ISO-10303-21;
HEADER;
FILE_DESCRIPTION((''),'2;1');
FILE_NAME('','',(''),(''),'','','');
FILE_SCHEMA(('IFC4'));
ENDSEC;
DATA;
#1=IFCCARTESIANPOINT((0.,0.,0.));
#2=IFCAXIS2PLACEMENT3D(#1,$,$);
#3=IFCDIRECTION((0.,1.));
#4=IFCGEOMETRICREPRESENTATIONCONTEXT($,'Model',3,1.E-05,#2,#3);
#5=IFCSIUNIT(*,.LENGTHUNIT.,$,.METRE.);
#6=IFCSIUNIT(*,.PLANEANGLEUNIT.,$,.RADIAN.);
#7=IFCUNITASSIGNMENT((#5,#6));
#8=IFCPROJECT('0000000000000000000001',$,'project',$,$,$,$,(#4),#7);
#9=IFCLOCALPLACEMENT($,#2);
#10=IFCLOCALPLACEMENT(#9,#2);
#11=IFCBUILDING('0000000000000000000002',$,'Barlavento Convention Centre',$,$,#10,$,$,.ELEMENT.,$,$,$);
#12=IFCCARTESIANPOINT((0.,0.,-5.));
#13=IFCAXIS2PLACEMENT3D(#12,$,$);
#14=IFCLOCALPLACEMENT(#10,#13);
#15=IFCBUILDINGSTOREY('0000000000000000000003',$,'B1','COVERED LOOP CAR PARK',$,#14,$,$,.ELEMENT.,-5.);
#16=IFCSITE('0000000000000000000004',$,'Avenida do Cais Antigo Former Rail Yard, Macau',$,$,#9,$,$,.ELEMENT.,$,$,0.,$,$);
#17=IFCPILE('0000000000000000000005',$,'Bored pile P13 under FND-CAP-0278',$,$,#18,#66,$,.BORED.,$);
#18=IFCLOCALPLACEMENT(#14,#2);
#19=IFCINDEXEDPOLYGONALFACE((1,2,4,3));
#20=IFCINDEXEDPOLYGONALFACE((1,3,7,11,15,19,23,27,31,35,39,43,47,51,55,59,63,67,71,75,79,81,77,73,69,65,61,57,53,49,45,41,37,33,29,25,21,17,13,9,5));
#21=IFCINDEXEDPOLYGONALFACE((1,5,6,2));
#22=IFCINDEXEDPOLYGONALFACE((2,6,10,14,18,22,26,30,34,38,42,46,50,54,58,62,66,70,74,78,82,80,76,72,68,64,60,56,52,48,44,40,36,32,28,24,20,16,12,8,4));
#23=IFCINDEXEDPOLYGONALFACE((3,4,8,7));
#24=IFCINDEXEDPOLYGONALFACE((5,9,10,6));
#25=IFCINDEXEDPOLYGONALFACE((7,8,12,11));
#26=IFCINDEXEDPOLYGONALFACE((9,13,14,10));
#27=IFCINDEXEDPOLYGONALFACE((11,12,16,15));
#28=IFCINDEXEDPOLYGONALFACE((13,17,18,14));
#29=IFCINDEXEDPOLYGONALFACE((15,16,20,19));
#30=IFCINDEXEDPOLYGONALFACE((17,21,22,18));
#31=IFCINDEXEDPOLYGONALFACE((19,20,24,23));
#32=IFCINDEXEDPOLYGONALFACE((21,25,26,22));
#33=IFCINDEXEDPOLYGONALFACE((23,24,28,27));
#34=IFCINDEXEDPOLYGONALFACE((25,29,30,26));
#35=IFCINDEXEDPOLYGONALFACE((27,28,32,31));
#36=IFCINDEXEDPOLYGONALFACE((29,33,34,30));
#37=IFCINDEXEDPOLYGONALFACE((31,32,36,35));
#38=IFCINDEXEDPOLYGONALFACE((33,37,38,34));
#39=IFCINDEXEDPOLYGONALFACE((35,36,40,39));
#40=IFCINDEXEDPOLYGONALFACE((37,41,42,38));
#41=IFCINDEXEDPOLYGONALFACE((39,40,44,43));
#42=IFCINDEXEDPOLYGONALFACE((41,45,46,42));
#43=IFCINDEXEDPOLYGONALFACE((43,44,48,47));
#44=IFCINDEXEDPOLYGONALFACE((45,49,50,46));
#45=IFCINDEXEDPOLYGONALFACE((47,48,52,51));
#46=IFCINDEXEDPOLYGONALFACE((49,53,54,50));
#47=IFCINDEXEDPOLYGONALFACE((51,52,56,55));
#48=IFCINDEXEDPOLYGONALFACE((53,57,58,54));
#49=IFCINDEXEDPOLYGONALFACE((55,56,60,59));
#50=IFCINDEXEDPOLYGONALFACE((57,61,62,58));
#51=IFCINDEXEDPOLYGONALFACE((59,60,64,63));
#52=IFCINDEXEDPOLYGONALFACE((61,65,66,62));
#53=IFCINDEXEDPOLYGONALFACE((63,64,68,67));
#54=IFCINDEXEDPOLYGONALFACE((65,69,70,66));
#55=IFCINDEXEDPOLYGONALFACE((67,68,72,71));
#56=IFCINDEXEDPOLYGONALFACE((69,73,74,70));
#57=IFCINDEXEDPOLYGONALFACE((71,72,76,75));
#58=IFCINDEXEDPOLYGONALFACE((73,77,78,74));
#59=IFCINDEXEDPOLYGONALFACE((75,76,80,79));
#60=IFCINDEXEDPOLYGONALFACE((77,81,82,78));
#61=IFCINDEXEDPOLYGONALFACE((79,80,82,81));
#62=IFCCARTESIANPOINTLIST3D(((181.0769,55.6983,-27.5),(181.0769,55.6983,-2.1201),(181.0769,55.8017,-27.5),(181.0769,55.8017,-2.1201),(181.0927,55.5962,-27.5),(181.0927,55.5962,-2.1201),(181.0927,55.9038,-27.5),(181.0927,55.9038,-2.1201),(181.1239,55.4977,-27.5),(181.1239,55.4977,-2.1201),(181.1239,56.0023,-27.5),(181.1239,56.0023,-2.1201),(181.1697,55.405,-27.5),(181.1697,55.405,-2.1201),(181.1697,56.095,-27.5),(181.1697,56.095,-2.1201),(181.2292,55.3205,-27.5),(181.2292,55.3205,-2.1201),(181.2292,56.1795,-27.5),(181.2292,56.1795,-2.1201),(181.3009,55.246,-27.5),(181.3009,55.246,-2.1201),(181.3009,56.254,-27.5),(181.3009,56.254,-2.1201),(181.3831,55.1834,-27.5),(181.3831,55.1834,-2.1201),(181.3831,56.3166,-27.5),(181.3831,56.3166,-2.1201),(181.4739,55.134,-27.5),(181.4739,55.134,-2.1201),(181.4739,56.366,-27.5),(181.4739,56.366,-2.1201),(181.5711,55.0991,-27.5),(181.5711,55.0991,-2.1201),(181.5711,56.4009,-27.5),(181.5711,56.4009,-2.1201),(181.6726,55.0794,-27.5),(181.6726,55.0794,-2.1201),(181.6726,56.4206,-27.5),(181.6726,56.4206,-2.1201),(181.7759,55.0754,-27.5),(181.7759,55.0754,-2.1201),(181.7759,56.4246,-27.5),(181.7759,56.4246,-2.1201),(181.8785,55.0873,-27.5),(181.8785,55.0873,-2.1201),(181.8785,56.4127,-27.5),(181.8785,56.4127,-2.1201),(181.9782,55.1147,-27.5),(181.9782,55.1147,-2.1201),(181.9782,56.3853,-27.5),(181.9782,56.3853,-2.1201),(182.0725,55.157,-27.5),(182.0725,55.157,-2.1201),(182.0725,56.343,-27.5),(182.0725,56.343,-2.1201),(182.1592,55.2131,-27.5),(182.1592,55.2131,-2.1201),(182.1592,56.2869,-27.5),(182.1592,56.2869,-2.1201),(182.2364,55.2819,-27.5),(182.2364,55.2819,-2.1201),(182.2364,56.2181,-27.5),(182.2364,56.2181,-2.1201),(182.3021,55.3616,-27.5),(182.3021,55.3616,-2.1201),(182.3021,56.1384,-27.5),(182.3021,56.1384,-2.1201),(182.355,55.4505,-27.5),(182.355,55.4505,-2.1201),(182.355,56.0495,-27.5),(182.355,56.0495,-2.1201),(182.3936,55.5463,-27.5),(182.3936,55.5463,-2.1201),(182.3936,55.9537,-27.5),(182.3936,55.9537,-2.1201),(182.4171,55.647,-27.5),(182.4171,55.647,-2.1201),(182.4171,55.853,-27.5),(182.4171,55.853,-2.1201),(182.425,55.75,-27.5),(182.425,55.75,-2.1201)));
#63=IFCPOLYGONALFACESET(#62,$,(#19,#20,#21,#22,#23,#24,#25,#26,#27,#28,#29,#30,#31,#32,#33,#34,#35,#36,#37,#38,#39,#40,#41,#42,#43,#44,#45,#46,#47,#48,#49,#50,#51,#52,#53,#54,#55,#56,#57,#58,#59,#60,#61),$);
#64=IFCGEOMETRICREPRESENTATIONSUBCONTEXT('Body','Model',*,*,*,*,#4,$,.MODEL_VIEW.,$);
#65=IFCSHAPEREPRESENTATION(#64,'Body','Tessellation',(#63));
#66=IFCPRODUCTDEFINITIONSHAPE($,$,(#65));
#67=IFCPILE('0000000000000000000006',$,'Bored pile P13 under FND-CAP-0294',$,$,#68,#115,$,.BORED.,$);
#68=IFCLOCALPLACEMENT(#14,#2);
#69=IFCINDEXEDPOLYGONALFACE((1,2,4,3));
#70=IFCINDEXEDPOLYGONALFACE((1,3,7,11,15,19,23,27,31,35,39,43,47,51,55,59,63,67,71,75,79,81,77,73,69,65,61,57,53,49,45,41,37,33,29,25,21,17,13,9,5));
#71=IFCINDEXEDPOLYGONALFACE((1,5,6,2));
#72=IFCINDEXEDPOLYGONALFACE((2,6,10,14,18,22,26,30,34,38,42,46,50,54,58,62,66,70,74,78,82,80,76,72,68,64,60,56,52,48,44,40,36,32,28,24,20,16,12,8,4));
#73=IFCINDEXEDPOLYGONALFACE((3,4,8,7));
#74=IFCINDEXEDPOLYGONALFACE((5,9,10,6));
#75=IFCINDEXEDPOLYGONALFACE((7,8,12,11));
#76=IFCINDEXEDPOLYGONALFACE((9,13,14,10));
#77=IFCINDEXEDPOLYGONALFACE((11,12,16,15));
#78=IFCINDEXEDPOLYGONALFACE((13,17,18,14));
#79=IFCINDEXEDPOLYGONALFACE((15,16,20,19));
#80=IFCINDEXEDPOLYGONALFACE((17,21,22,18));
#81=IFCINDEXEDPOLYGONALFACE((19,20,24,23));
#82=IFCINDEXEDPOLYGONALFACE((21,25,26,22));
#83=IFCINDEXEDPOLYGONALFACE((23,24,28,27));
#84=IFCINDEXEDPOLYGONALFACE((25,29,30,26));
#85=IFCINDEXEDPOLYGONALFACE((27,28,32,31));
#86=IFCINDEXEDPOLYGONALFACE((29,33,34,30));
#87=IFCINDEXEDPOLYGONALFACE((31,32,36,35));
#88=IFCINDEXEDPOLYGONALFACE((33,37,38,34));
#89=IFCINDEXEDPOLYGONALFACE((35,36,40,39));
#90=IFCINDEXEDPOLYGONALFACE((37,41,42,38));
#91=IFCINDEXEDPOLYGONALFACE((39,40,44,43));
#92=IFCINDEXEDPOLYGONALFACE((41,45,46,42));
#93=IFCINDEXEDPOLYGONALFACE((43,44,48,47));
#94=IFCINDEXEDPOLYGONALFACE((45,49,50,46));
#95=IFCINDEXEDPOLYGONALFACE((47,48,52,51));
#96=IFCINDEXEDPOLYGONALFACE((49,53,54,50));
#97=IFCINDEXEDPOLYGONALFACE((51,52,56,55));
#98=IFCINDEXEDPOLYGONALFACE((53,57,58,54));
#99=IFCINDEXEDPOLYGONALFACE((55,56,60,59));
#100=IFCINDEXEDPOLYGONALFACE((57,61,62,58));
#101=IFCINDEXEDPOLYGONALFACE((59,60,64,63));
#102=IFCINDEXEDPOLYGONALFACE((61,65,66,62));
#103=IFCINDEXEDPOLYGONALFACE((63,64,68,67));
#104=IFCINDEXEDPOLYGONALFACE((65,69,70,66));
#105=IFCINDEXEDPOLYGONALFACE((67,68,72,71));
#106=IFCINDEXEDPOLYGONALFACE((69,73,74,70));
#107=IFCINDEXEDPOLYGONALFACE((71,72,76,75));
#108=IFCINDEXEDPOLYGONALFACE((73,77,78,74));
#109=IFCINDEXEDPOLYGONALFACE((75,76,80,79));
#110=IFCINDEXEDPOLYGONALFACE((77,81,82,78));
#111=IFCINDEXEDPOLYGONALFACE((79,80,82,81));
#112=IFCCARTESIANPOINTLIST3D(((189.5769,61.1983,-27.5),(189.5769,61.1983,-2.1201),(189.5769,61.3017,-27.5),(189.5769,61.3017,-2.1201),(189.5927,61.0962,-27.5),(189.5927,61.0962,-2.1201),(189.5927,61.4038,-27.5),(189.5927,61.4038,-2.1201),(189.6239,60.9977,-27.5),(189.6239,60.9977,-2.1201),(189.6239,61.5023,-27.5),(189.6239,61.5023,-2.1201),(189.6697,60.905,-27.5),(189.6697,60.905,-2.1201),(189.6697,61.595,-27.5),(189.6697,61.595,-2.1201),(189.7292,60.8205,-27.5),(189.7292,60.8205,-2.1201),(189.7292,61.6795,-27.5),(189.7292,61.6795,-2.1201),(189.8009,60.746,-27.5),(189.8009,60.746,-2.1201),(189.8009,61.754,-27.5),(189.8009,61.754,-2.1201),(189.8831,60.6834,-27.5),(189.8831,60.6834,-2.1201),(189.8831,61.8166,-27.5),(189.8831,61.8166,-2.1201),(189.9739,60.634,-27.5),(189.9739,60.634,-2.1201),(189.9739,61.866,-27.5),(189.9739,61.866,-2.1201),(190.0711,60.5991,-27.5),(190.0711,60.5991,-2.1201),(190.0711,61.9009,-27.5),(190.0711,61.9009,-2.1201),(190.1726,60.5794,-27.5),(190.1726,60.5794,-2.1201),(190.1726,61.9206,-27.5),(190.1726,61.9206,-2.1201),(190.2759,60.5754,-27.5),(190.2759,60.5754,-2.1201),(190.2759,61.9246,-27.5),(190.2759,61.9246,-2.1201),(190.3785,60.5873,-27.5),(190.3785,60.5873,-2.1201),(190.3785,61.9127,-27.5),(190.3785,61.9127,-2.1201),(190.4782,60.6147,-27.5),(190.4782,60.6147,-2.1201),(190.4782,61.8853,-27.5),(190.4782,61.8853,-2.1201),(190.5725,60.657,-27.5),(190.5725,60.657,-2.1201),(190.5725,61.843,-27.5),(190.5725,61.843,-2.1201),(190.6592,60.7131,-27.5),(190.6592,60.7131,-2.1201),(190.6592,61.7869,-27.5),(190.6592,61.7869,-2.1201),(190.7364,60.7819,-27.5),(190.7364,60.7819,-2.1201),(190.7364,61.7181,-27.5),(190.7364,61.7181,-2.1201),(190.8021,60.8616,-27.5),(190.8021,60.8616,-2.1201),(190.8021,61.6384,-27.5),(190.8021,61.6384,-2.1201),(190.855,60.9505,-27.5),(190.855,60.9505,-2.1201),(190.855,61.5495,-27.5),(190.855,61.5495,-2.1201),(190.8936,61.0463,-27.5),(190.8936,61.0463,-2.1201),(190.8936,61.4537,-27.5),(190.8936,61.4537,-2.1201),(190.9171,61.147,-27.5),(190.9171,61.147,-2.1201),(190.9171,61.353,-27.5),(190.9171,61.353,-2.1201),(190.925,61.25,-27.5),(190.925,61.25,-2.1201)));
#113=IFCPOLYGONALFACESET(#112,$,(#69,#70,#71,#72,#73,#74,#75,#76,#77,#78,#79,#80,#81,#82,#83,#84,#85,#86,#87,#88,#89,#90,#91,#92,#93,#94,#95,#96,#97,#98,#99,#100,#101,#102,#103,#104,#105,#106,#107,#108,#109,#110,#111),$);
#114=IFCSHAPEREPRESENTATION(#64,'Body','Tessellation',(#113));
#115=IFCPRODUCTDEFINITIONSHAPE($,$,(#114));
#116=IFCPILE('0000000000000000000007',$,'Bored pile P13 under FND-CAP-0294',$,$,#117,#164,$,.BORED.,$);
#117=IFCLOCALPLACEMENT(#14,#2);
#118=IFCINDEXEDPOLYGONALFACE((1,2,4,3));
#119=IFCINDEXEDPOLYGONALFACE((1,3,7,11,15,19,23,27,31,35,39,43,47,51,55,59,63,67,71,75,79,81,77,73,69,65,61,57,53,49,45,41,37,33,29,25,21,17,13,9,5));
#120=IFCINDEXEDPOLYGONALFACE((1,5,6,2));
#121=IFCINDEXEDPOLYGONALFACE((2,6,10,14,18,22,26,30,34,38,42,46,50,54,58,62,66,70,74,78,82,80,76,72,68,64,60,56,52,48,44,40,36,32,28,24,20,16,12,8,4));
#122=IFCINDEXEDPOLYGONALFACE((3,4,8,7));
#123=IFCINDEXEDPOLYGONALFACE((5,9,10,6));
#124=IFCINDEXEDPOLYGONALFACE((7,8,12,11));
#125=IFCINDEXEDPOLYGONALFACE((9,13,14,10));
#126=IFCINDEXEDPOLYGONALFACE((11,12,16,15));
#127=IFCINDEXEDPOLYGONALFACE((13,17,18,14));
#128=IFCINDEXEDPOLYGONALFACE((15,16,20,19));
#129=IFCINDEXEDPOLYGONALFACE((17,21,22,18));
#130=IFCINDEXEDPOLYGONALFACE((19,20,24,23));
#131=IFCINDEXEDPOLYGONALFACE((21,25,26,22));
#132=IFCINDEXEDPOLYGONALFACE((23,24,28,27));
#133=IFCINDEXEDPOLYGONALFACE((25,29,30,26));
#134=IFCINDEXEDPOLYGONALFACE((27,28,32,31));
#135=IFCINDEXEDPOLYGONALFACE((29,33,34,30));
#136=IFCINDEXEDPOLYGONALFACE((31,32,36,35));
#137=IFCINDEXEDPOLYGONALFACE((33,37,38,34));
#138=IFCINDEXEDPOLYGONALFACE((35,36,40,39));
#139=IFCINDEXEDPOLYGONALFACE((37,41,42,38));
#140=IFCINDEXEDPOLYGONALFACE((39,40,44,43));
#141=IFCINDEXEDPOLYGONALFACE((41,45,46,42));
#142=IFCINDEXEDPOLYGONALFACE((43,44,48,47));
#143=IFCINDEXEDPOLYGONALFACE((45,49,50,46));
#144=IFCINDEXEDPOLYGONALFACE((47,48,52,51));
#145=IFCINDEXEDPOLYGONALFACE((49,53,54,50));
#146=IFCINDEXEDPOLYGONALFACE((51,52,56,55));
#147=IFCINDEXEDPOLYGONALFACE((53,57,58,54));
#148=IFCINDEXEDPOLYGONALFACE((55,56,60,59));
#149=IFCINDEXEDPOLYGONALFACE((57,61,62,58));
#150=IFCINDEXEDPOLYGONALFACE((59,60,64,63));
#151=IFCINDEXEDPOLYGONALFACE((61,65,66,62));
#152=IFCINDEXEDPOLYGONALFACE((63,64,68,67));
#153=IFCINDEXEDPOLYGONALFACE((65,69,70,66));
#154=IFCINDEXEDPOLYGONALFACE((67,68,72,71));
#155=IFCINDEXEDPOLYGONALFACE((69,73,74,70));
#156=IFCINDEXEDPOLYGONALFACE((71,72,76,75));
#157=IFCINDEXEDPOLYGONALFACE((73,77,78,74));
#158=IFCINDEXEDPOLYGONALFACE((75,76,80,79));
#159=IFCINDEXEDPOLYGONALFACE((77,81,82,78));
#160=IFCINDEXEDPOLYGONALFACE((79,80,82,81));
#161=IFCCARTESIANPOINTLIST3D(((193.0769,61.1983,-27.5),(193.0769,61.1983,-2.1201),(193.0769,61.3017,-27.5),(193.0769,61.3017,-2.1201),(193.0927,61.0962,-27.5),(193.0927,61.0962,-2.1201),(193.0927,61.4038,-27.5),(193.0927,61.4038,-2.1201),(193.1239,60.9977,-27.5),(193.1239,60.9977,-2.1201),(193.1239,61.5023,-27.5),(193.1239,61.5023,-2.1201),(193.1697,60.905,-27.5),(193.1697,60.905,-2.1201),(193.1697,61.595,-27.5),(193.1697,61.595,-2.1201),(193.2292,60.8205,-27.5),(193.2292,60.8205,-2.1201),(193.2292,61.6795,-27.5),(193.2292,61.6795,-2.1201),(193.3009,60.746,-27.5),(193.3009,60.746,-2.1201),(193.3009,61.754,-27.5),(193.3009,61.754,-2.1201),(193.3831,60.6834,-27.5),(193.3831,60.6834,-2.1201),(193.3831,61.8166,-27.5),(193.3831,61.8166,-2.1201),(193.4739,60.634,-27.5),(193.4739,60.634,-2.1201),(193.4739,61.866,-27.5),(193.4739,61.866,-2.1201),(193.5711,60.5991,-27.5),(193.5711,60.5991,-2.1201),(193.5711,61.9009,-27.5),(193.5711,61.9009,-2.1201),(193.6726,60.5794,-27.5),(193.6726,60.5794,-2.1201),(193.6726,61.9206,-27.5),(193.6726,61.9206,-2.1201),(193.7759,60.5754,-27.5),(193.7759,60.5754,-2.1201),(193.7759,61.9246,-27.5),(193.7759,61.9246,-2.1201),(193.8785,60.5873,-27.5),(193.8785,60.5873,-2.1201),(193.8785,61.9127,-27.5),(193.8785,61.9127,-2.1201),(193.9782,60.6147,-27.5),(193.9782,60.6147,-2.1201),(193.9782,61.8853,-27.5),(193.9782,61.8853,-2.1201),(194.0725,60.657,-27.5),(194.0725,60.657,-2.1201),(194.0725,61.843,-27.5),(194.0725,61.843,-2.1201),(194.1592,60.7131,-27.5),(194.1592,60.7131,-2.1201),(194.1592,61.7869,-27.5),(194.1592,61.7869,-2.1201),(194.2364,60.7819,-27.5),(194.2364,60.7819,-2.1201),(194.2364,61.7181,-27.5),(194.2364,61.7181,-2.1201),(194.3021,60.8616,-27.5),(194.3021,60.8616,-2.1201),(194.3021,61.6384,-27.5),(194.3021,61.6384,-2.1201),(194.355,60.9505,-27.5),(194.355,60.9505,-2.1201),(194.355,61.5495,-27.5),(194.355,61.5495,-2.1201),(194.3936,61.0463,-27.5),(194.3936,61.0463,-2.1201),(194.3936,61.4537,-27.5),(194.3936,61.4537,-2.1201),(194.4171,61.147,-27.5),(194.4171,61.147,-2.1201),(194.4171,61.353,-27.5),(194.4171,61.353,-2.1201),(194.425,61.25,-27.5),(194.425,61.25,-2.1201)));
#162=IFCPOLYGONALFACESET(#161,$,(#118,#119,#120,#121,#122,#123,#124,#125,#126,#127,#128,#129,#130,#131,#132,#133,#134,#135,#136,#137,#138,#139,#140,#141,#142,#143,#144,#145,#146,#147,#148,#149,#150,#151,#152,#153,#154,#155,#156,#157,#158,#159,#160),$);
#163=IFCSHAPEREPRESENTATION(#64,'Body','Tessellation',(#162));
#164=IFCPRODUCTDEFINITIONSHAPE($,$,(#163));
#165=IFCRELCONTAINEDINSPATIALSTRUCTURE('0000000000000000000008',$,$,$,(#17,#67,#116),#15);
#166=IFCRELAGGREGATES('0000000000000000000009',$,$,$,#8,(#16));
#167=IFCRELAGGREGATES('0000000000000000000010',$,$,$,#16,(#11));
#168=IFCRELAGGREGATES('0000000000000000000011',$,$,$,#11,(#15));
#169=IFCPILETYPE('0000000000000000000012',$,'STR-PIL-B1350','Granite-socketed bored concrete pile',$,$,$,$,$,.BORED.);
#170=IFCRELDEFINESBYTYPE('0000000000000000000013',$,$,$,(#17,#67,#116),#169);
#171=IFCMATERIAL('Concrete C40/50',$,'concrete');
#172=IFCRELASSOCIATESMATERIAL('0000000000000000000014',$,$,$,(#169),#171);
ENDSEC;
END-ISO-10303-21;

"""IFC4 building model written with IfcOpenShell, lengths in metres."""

from ifc_helpers import new_model, si_unit, direction, frame, origin, origin_2d, place, context, subcontext, project, spatial, circle, extrude, material, material_profile, profile_set, type_object, element, save


model = new_model("IFC4")

# Units and contexts
model_context = context("Model", 3, precision=1e-05, world=origin(), true_north=direction((0.0, 1.0)))
body_context = subcontext(model_context, "Body", "Model", "MODEL_VIEW")
ifc_project = project(units=[si_unit("LENGTHUNIT", "METRE"), si_unit("PLANEANGLEUNIT", "RADIAN")], contexts=[model_context])

# Site, building, storey
site_placement = place(None, origin())
site = spatial("IfcSite", under=ifc_project, at=site_placement, Name="Avenida do Cais Antigo Former Rail Yard, Macau", CompositionType="ELEMENT", RefElevation=0.0)
building_placement = place(site_placement, origin())
building = spatial("IfcBuilding", under=site, at=building_placement, Name="Barlavento Convention Centre", CompositionType="ELEMENT")
storey_placement = place(building_placement, frame((0.0, 0.0, -5.0)))
storey = spatial("IfcBuildingStorey", under=building, at=storey_placement, Name="B1", Description="COVERED LOOP CAR PARK", CompositionType="ELEMENT", Elevation=-5.0)

# Shared definitions
ifc_material_1 = material(Name="Concrete C40/50", Category="concrete")

# Piles
ifc_material_profile_1 = material_profile(ifc_material_1, circle(Radius=0.675, at=origin_2d()), Name="BORED PILE 1350")
ifc_profile_set_1 = profile_set([ifc_material_profile_1], Name="Concrete C40/50")
pile_type_1 = type_object("IfcPileType", Name="STR-PIL-B1350", Description="Granite-socketed bored concrete pile", PredefinedType="BORED", material=ifc_profile_set_1)
for number, where, z_axis, x_axis, name in (
    (1, (181.75, 55.75, -2.1201), (0.0, 0.0, -1.0), (1.0, 0.0, 0.0), "Bored pile P13 under FND-CAP-0278"),
    (2, (190.25, 61.25, -2.1201), (0.0, 0.0, -1.0), (1.0, 0.0, 0.0), "Bored pile P13 under FND-CAP-0294"),
    (3, (193.75, 61.25, -2.1201), (0.0, 0.0, -1.0), (1.0, 0.0, 0.0), "Bored pile P13 under FND-CAP-0294"),
):
    element("IfcPile", number, at=place(storey_placement, frame(where, z_axis=z_axis, x_axis=x_axis)), inside=storey, type_object=pile_type_1, Name=name, PredefinedType="BORED", context=body_context, shape_type="SweptSolid", body=[
        extrude(circle(Radius=0.675, at=origin_2d()), origin(), (0.0, 0.0, 1.0), 25.3799),
    ])

save(model, "model.ifc")
